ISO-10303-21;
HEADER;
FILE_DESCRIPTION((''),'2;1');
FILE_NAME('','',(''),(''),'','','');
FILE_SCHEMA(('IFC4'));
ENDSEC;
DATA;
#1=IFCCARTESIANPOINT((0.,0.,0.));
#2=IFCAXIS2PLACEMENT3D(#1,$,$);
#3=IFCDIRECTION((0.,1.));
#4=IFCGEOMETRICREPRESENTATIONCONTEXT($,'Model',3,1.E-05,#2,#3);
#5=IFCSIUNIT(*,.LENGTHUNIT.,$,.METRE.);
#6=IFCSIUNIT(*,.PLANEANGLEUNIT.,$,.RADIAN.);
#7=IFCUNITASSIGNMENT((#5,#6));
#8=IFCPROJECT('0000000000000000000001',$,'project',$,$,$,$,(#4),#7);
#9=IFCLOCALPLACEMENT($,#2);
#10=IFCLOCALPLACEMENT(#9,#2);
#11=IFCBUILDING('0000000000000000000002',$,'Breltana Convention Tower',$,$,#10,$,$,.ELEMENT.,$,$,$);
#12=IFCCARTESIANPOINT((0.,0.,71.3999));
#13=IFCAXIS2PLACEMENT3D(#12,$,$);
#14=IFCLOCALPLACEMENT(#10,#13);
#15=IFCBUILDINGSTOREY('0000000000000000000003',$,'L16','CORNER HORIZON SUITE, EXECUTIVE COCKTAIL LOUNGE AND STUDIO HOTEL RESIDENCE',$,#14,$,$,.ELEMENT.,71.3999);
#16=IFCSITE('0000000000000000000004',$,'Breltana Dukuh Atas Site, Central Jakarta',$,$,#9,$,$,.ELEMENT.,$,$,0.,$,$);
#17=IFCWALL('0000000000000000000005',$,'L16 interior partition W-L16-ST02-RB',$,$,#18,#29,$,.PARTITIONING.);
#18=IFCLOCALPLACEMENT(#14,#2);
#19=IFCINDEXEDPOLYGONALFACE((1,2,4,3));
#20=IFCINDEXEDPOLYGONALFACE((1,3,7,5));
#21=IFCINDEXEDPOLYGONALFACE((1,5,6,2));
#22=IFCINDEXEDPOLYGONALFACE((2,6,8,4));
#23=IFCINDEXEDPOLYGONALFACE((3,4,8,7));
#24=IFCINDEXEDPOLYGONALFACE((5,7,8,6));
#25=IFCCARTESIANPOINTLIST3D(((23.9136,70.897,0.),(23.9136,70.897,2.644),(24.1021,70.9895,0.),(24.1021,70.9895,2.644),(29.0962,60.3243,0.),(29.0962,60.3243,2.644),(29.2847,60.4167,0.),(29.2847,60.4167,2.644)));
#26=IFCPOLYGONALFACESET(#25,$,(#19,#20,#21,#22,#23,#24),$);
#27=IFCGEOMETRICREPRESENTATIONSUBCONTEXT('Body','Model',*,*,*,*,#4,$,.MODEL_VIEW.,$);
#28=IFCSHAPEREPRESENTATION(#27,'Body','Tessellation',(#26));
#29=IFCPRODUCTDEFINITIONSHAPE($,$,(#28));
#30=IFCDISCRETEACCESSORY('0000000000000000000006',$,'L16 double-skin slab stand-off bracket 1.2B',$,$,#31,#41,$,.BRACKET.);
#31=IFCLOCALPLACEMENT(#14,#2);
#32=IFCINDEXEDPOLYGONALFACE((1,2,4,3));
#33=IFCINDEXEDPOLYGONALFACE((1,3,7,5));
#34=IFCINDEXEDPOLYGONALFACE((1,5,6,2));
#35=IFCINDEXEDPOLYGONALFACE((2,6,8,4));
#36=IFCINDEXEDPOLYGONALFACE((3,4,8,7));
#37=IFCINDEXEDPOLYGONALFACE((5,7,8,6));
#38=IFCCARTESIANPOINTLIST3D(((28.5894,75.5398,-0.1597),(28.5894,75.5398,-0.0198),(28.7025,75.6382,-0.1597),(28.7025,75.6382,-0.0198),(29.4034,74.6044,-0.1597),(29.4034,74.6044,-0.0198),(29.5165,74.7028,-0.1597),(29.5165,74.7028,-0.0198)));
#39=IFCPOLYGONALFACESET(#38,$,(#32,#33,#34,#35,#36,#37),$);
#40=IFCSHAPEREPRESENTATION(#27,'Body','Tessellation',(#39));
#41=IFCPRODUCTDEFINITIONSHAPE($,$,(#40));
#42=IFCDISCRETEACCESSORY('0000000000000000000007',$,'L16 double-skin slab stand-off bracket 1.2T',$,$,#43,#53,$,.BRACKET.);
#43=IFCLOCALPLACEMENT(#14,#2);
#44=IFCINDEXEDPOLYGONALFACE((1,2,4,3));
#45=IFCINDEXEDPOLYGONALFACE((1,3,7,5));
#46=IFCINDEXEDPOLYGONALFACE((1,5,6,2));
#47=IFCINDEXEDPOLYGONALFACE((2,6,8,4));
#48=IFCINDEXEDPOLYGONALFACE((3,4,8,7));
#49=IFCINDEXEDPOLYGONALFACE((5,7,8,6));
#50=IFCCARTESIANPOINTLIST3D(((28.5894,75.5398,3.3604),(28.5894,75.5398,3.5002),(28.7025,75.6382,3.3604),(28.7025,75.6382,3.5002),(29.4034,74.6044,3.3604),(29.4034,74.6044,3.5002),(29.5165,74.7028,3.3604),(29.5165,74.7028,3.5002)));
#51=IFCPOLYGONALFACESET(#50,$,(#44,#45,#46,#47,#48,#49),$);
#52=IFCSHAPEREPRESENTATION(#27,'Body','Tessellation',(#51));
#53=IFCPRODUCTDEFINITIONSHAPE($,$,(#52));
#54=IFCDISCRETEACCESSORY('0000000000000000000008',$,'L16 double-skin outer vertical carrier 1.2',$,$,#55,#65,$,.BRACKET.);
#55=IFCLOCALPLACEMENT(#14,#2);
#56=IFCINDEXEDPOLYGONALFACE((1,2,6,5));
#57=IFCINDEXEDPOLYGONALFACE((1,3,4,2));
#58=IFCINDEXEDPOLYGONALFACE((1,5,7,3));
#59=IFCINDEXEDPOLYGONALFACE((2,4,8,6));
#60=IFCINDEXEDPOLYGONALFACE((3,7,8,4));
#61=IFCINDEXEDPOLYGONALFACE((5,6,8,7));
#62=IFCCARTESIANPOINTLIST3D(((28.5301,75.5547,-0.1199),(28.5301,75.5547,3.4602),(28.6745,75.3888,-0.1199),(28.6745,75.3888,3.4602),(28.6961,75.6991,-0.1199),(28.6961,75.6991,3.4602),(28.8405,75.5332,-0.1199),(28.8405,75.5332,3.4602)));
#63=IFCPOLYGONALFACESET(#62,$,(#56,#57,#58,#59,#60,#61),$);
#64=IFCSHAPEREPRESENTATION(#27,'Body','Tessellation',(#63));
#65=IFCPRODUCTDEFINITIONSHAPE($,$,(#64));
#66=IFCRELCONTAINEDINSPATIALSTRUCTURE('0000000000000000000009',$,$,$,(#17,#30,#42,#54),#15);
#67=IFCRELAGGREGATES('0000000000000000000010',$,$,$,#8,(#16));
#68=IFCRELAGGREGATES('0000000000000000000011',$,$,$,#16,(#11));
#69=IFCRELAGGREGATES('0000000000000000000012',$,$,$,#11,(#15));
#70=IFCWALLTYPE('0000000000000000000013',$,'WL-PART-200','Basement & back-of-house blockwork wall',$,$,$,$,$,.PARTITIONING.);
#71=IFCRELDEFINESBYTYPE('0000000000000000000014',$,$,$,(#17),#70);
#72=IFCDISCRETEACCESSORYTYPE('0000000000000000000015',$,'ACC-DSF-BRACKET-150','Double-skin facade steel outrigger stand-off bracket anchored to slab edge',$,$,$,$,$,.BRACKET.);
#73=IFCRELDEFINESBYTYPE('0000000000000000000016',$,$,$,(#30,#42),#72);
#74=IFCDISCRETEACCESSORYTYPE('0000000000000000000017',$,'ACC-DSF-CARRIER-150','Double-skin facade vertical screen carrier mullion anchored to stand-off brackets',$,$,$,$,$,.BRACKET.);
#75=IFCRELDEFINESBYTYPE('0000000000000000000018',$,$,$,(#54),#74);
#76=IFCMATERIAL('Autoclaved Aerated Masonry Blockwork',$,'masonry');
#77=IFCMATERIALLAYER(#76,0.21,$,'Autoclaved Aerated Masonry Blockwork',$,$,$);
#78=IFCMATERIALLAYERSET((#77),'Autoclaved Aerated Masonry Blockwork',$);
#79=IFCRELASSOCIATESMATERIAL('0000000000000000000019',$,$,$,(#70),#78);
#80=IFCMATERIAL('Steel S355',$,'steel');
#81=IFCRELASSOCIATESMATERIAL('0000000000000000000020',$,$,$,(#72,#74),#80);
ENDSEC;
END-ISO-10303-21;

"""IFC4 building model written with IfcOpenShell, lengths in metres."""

from ifc_helpers import new_model, si_unit, direction, frame, frame_2d, origin, origin_2d, place, context, subcontext, project, spatial, rectangle, extrude, source, transform, mapped, material, layer, layer_set, type_object, type_shapes, element, save


model = new_model("IFC4")

# Units and contexts
model_context = context("Model", 3, precision=1e-05, world=origin(), true_north=direction((0.0, 1.0)))
body_context = subcontext(model_context, "Body", "Model", "MODEL_VIEW")
ifc_project = project(units=[si_unit("LENGTHUNIT", "METRE"), si_unit("PLANEANGLEUNIT", "RADIAN")], contexts=[model_context])

# Site, building, storey
site_placement = place(None, origin())
site = spatial("IfcSite", under=ifc_project, at=site_placement, Name="Breltana Dukuh Atas Site, Central Jakarta", CompositionType="ELEMENT", RefElevation=0.0)
building_placement = place(site_placement, origin())
building = spatial("IfcBuilding", under=site, at=building_placement, Name="Breltana Convention Tower", CompositionType="ELEMENT")
storey_placement = place(building_placement, frame((0.0, 0.0, 71.3999)))
storey = spatial("IfcBuildingStorey", under=building, at=storey_placement, Name="L16", Description="CORNER HORIZON SUITE, EXECUTIVE COCKTAIL LOUNGE AND STUDIO HOTEL RESIDENCE", CompositionType="ELEMENT", Elevation=71.3999)

# Wall
ifc_material_1 = material(Name="Autoclaved Aerated Masonry Blockwork", Category="masonry")
ifc_layer_1 = layer(ifc_material_1, 0.21, Name="Autoclaved Aerated Masonry Blockwork")
ifc_layer_set_1 = layer_set([ifc_layer_1], Name="Autoclaved Aerated Masonry Blockwork")
wall_type_1 = type_object("IfcWallType", Name="WL-PART-200", Description="Basement & back-of-house blockwork wall", PredefinedType="PARTITIONING", material=ifc_layer_set_1)
shared_shape_1 = source(origin(), body_context, "Body", "SweptSolid", [
    extrude(rectangle(XDim=11.7747, YDim=0.21, at=frame_2d((5.8872, 0.0))), origin(), (0.0, 0.0, 1.0), 2.644),
])
wall_1_placement = place(storey_placement, frame((29.1904, 60.3706, 0.0), z_axis=(0.0, 0.0, 1.0), x_axis=(-0.44015, 0.897924, 0.0)))
element("IfcWall", 1, at=wall_1_placement, inside=storey, type_object=wall_type_1, Name="L16 interior partition W-L16-ST02-RB", PredefinedType="PARTITIONING", context=body_context, shape_type="MappedRepresentation", body=[
    mapped(shared_shape_1, transform((0.0, 0.0, 0.0), scale=1.0)),
])

# Discrete accessories
ifc_material_2 = material(Name="Steel S355", Category="steel")
discrete_accessory_type_1 = type_object("IfcDiscreteAccessoryType", Name="ACC-DSF-BRACKET-150", Description="Double-skin facade steel outrigger stand-off bracket anchored to slab edge", PredefinedType="BRACKET", material=ifc_material_2)
shared_shape_2 = source(origin(), body_context, "Body", "SweptSolid", [
    extrude(rectangle(XDim=1.24, YDim=0.1499, at=origin_2d()), origin(), (0.0, 0.0, 1.0), 0.1399),
])
type_shapes(discrete_accessory_type_1, [shared_shape_2])
for number, where, z_axis, x_axis, name in (
    (2, (29.053, 75.1213, -0.1597), (0.0, 0.0, 1.0), (-0.656457, 0.754364, 0.0), "L16 double-skin slab stand-off bracket 1.2B"),
    (3, (29.053, 75.1213, 3.3604), (0.0, 0.0, 1.0), (-0.656457, 0.754364, 0.0), "L16 double-skin slab stand-off bracket 1.2T"),
):
    element("IfcDiscreteAccessory", number, at=place(storey_placement, frame(where, z_axis=z_axis, x_axis=x_axis)), inside=storey, type_object=discrete_accessory_type_1, Name=name, PredefinedType="BRACKET", context=body_context, shape_type="MappedRepresentation", body=[
        mapped(shared_shape_2, transform((0.0, 0.0, 0.0), scale=1.0)),
    ])
discrete_accessory_type_2 = type_object("IfcDiscreteAccessoryType", Name="ACC-DSF-CARRIER-150", Description="Double-skin facade vertical screen carrier mullion anchored to stand-off brackets", PredefinedType="BRACKET", material=ifc_material_2)
shared_shape_3 = source(origin(), body_context, "Body", "SweptSolid", [
    extrude(rectangle(XDim=0.22, YDim=0.22, at=origin_2d()), origin(), (0.0, 0.0, 1.0), 3.5801),
])
discrete_accessory_placement = place(storey_placement, frame((28.6853, 75.5439, -0.1199), z_axis=(0.0, 0.0, 1.0), x_axis=(-0.656457, 0.754364, 0.0)))
element("IfcDiscreteAccessory", 4, at=discrete_accessory_placement, inside=storey, type_object=discrete_accessory_type_2, Name="L16 double-skin outer vertical carrier 1.2", PredefinedType="BRACKET", context=body_context, shape_type="MappedRepresentation", body=[
    mapped(shared_shape_3, transform((0.0, 0.0, 0.0), scale=1.0)),
])

save(model, "model.ifc")
